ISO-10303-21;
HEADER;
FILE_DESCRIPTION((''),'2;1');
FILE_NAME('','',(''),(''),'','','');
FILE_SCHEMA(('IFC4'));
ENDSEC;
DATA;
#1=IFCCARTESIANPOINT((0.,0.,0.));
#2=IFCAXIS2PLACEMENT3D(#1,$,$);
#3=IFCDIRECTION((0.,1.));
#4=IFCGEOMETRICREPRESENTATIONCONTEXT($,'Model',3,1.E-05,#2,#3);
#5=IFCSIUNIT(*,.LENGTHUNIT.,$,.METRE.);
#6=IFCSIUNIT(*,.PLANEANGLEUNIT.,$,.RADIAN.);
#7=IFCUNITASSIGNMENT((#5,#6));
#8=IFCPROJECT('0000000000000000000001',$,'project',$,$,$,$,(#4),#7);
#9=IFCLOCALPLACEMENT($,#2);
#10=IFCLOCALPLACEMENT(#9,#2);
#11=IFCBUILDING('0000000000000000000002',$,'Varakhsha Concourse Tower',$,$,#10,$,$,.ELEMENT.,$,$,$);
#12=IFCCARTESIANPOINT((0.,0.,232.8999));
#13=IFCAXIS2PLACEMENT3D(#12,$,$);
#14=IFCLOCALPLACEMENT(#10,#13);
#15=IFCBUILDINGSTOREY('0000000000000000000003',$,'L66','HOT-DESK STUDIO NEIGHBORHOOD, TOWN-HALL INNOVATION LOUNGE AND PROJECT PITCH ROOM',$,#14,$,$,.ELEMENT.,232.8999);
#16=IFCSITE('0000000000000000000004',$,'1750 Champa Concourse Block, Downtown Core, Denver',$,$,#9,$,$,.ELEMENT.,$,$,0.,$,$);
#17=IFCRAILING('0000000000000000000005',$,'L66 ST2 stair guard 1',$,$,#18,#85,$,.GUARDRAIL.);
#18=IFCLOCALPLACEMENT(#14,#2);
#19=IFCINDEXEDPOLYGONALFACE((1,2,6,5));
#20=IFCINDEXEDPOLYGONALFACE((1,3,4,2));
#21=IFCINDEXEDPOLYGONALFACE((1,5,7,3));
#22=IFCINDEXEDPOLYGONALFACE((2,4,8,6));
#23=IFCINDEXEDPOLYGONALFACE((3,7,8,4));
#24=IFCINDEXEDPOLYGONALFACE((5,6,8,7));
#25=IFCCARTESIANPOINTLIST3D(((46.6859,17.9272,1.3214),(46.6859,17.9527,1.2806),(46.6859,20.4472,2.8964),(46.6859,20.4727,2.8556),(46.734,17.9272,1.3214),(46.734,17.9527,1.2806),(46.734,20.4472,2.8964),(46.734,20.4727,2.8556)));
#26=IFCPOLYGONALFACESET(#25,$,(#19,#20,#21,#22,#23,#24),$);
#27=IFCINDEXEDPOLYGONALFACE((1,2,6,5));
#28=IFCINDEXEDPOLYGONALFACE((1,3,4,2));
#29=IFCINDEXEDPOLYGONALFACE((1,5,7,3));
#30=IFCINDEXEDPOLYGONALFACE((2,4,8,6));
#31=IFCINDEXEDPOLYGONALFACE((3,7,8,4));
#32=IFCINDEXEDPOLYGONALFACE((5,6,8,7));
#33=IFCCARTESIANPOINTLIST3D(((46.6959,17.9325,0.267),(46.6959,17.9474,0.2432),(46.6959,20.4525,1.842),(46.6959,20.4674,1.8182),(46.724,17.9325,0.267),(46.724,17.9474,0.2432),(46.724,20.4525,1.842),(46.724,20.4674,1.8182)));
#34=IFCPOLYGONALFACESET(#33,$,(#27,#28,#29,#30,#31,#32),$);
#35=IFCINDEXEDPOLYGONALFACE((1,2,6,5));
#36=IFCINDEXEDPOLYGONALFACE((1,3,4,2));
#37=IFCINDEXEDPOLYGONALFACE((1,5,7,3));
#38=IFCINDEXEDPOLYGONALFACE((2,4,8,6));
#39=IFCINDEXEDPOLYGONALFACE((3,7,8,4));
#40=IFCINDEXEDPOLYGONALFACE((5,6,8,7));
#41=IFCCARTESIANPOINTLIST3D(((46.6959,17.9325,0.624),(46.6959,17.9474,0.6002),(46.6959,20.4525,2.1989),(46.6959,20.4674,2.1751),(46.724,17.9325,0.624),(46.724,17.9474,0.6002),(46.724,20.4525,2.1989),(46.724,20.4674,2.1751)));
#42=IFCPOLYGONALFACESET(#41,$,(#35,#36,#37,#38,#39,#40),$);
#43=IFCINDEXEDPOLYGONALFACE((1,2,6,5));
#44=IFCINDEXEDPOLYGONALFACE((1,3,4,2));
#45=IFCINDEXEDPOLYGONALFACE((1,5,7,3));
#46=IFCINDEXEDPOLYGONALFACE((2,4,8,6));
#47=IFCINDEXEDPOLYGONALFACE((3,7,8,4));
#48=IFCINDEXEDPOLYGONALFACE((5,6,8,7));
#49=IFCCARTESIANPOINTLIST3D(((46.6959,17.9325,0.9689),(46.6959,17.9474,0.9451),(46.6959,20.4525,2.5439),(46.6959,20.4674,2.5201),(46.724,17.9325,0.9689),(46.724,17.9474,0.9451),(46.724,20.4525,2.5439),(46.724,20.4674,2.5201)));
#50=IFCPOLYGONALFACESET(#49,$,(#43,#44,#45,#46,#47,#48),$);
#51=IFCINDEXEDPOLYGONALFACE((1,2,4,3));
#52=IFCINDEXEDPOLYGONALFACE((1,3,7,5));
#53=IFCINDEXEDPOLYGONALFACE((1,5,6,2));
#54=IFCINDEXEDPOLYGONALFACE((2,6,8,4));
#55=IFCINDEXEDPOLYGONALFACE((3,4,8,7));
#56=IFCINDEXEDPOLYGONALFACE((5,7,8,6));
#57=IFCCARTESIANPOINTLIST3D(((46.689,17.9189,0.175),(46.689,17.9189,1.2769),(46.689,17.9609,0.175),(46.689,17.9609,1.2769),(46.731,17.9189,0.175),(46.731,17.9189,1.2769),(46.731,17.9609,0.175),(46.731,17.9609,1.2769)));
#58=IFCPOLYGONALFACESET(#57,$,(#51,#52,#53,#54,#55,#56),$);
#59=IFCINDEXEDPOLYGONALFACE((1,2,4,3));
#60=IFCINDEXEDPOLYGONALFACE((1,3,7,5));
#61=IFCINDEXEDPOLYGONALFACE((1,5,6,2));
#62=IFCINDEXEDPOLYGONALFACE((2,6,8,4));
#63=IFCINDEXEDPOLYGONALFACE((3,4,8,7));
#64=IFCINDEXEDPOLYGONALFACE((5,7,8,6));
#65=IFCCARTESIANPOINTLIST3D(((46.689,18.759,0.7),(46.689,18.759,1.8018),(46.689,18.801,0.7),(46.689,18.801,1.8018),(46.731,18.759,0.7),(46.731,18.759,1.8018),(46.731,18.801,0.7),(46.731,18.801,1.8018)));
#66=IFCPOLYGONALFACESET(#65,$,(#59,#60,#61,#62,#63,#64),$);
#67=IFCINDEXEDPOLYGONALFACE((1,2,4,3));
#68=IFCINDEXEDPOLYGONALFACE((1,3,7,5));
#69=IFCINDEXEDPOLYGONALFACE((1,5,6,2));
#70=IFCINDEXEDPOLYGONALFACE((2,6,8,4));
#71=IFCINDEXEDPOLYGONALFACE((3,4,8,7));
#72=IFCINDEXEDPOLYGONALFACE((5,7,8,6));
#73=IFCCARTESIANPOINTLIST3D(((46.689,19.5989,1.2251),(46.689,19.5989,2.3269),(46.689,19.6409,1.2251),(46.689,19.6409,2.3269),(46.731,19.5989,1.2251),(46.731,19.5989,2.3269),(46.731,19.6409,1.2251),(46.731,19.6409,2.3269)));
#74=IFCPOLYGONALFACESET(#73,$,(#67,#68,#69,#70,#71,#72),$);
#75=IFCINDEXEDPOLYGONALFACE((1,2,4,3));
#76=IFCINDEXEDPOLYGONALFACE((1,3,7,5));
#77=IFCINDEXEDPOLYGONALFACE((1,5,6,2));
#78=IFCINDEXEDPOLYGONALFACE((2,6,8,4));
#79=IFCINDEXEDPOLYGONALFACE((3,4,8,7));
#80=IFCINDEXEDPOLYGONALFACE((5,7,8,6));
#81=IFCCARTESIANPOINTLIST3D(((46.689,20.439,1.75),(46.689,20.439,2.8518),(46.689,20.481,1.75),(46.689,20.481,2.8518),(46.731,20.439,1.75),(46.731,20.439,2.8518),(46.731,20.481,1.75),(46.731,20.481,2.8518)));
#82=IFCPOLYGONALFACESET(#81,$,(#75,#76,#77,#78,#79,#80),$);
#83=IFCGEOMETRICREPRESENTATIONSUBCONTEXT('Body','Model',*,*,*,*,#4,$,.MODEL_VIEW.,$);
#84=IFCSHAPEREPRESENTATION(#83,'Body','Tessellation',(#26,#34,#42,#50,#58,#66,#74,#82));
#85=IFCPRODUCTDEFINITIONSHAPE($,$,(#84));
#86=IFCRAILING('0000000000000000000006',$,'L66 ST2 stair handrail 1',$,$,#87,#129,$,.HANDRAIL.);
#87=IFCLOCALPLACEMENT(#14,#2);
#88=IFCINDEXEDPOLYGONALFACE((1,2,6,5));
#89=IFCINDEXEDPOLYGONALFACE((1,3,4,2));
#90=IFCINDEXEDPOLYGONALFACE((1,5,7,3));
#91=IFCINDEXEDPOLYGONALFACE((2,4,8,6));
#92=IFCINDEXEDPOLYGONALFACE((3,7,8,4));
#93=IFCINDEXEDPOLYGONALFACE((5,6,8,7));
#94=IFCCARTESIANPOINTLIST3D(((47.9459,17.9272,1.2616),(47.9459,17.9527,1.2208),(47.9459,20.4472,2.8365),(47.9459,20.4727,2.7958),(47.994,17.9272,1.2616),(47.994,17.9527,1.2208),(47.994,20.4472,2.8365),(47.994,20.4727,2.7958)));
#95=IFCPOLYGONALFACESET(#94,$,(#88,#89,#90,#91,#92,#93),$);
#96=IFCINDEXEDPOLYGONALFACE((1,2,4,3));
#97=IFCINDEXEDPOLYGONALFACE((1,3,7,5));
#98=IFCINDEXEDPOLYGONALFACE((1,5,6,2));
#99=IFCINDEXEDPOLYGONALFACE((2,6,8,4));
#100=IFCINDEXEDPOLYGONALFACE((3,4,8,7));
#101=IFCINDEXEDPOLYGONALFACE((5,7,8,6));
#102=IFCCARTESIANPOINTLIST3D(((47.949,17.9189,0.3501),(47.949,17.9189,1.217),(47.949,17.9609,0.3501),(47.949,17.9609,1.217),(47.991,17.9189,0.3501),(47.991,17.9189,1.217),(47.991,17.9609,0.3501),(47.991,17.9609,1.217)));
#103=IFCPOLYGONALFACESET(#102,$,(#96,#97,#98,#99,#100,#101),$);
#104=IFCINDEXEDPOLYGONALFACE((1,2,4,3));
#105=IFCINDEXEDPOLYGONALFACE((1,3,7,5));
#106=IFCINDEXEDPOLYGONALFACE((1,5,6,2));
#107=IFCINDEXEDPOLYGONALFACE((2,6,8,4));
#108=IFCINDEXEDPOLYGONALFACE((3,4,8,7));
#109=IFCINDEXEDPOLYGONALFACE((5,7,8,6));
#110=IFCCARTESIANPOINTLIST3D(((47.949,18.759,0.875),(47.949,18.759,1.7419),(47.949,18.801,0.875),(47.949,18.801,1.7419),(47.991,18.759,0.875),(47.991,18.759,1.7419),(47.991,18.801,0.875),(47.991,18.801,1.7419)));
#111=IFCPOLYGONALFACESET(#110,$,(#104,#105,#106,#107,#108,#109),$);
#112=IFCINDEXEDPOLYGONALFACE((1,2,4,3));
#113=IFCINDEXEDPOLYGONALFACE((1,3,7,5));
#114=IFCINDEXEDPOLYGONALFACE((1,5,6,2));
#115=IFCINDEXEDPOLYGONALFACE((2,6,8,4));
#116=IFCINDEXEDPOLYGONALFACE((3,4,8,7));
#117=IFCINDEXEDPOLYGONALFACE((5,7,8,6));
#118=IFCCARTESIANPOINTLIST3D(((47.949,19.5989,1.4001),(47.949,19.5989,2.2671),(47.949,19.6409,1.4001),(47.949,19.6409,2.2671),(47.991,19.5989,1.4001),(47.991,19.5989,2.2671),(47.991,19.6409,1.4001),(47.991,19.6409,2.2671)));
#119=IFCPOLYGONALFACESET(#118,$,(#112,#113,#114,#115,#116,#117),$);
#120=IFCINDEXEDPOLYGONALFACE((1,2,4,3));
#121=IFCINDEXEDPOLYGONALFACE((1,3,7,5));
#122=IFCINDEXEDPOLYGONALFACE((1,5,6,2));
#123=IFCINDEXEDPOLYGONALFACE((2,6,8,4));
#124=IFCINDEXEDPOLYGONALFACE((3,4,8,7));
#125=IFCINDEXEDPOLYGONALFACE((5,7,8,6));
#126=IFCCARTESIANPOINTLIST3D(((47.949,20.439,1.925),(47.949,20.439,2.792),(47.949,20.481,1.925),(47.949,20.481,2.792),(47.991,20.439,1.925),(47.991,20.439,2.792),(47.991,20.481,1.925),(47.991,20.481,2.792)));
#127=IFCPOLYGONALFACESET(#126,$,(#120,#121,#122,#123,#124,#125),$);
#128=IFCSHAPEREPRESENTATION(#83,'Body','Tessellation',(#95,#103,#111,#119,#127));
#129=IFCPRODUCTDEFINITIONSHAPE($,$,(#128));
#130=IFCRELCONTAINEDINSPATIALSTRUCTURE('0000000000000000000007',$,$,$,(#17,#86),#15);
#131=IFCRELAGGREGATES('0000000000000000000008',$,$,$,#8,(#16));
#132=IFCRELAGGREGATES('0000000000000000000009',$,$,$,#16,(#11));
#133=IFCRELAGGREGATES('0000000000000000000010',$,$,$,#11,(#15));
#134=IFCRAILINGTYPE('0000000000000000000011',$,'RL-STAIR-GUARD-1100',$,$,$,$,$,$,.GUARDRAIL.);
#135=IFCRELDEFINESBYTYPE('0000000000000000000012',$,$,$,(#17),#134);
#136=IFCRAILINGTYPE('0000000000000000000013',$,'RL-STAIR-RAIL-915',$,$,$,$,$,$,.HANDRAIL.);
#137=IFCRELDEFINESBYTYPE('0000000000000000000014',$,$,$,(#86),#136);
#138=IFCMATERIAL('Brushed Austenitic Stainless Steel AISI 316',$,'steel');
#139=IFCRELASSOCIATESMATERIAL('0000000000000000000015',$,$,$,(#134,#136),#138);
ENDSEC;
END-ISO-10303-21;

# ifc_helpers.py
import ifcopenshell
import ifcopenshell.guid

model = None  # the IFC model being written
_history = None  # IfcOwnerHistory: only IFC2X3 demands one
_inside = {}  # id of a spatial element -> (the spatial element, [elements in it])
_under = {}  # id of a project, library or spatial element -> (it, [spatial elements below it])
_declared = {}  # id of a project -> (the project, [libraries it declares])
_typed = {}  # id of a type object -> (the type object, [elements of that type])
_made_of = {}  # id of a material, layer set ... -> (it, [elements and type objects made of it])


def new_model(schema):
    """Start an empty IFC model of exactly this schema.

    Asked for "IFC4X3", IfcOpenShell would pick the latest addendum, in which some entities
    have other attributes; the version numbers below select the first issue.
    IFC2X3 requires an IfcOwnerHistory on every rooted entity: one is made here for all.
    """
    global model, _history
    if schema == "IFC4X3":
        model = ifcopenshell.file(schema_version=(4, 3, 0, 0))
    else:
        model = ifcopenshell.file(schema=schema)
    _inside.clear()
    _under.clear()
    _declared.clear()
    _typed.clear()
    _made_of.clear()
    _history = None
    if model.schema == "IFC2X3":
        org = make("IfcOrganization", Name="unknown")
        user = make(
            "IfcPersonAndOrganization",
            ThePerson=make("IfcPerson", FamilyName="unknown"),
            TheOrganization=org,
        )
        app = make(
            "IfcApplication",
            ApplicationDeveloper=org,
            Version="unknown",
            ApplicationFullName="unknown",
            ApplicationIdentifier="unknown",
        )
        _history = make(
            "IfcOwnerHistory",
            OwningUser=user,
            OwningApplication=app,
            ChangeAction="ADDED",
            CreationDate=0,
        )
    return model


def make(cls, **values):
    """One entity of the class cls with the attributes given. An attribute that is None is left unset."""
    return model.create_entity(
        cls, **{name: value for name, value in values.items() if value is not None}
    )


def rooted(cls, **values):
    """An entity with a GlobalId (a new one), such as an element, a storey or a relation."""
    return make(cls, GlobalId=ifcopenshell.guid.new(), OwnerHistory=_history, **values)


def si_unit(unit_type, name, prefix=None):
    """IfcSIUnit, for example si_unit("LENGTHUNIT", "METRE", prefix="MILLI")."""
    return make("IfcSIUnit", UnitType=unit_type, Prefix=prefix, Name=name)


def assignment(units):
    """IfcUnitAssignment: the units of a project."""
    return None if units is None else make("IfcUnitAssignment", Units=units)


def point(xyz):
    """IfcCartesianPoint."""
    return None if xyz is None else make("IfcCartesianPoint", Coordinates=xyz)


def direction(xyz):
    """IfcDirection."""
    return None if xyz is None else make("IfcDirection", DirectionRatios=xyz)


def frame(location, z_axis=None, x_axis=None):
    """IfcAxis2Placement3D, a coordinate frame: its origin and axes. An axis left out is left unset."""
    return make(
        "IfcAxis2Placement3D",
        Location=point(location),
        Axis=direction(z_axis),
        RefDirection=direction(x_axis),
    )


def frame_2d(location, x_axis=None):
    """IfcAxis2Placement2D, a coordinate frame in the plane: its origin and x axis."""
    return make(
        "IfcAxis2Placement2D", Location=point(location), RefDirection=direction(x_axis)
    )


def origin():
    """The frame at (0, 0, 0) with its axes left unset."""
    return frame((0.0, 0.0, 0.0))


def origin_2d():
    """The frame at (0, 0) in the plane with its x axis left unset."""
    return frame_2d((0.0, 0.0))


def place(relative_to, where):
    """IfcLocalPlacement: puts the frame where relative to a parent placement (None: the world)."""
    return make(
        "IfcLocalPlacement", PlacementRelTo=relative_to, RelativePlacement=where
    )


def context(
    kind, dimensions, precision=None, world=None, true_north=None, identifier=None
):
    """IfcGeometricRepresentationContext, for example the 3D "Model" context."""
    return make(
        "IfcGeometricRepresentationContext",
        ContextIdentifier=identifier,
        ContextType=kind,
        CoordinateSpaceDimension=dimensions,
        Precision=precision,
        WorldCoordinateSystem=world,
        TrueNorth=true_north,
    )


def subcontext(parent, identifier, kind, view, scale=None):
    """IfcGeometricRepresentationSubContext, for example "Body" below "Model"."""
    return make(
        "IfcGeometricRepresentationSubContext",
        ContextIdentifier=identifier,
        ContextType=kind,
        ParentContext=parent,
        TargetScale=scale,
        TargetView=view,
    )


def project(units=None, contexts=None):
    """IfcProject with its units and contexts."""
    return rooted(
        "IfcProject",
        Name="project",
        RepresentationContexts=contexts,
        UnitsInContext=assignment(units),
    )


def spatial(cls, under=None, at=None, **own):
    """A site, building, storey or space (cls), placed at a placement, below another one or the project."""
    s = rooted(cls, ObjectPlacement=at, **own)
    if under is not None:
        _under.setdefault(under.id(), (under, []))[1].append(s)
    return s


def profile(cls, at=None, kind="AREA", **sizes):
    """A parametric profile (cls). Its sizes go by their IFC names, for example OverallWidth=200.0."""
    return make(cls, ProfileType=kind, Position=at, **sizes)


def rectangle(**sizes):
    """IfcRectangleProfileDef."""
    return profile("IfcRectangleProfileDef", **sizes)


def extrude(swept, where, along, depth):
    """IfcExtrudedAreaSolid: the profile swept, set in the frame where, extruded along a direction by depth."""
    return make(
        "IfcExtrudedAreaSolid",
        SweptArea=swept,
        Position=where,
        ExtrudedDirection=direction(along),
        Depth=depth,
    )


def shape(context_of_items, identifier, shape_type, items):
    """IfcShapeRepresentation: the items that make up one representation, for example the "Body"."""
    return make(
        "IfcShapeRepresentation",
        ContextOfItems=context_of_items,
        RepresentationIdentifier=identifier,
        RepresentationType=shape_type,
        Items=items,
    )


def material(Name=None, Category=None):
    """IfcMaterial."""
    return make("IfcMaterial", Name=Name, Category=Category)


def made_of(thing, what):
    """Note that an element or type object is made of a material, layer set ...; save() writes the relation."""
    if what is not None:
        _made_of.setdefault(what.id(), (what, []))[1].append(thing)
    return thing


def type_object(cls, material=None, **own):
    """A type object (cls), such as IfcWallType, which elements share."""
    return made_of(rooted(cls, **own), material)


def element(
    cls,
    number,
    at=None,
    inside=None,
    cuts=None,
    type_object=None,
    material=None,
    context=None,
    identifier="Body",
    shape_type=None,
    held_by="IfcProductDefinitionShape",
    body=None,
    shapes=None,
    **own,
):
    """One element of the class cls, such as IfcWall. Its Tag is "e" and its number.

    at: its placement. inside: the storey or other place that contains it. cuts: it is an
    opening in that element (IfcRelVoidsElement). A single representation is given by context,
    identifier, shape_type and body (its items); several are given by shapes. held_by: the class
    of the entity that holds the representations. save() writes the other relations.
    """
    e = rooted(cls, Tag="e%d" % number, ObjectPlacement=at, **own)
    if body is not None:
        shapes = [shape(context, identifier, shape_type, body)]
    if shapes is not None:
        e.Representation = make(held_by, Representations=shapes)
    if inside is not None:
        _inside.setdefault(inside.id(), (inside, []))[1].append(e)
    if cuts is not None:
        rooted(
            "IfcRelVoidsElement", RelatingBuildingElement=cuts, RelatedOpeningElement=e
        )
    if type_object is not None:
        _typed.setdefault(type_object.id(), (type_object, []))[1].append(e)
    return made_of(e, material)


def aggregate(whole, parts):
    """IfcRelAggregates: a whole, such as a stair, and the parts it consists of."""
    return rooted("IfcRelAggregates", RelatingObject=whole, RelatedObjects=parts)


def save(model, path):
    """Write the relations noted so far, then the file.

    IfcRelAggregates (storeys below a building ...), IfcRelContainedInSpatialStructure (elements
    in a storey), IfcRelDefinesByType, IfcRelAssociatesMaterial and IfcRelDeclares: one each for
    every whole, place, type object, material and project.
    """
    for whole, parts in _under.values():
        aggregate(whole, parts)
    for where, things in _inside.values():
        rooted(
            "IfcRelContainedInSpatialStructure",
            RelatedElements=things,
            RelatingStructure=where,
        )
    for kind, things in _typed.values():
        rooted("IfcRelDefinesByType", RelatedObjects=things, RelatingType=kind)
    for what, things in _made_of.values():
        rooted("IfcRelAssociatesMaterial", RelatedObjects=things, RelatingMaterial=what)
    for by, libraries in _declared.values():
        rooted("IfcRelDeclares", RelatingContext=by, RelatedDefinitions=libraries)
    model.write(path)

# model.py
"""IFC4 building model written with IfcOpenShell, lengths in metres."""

from ifc_helpers import new_model, si_unit, direction, frame, origin, origin_2d, place, context, subcontext, project, spatial, rectangle, extrude, material, type_object, element, save


model = new_model("IFC4")

# Units and contexts
model_context = context("Model", 3, precision=1e-05, world=origin(), true_north=direction((0.0, 1.0)))
body_context = subcontext(model_context, "Body", "Model", "MODEL_VIEW")
ifc_project = project(units=[si_unit("LENGTHUNIT", "METRE"), si_unit("PLANEANGLEUNIT", "RADIAN")], contexts=[model_context])

# Site, building, storey
site_placement = place(None, origin())
site = spatial("IfcSite", under=ifc_project, at=site_placement, Name="1750 Champa Concourse Block, Downtown Core, Denver", CompositionType="ELEMENT", RefElevation=0.0)
building_placement = place(site_placement, origin())
building = spatial("IfcBuilding", under=site, at=building_placement, Name="Varakhsha Concourse Tower", CompositionType="ELEMENT")
storey_placement = place(building_placement, frame((0.0, 0.0, 232.8999)))
storey = spatial("IfcBuildingStorey", under=building, at=storey_placement, Name="L66", Description="HOT-DESK STUDIO NEIGHBORHOOD, TOWN-HALL INNOVATION LOUNGE AND PROJECT PITCH ROOM", CompositionType="ELEMENT", Elevation=232.8999)

# Railings
ifc_material_1 = material(Name="Brushed Austenitic Stainless Steel AISI 316", Category="steel")
railing_type_1 = type_object("IfcRailingType", Name="RL-STAIR-GUARD-1100", PredefinedType="GUARDRAIL", material=ifc_material_1)
railing_1_placement = place(storey_placement, frame((46.71, 17.9399, 0.175)))
element("IfcRailing", 1, at=railing_1_placement, inside=storey, type_object=railing_type_1, Name="L66 ST2 stair guard 1", PredefinedType="GUARDRAIL", context=body_context, shape_type="SweptSolid", body=[
    extrude(rectangle(XDim=0.0481, YDim=0.0481, at=origin_2d()), frame((0.0, 0.0, 1.126), z_axis=(0.0, 0.848008, 0.529984), x_axis=(-1.0, 0.0, 0.0)), (0.0, 0.0, 1.0), 2.9717),
    extrude(rectangle(XDim=0.0281, YDim=0.0281, at=origin_2d()), frame((0.0, 0.0, 0.0801), z_axis=(0.0, 0.848008, 0.529984), x_axis=(-1.0, 0.0, 0.0)), (0.0, 0.0, 1.0), 2.9717),
    extrude(rectangle(XDim=0.0281, YDim=0.0281, at=origin_2d()), frame((0.0, 0.0, 0.437), z_axis=(0.0, 0.848008, 0.529984), x_axis=(-1.0, 0.0, 0.0)), (0.0, 0.0, 1.0), 2.9717),
    extrude(rectangle(XDim=0.0281, YDim=0.0281, at=origin_2d()), frame((0.0, 0.0, 0.782), z_axis=(0.0, 0.848008, 0.529984), x_axis=(-1.0, 0.0, 0.0)), (0.0, 0.0, 1.0), 2.9717),
    extrude(rectangle(XDim=0.042, YDim=0.042, at=origin_2d()), origin(), (0.0, 0.0, 1.0), 1.1018),
    extrude(rectangle(XDim=0.042, YDim=0.042, at=origin_2d()), frame((0.0, 0.8401, 0.5249)), (0.0, 0.0, 1.0), 1.1018),
    extrude(rectangle(XDim=0.042, YDim=0.042, at=origin_2d()), frame((0.0, 1.6799, 1.05)), (0.0, 0.0, 1.0), 1.1018),
    extrude(rectangle(XDim=0.042, YDim=0.042, at=origin_2d()), frame((0.0, 2.52, 1.575)), (0.0, 0.0, 1.0), 1.1018),
])
railing_type_2 = type_object("IfcRailingType", Name="RL-STAIR-RAIL-915", PredefinedType="HANDRAIL", material=ifc_material_1)
railing_2_placement = place(storey_placement, frame((47.97, 17.9399, 0.3501)))
element("IfcRailing", 2, at=railing_2_placement, inside=storey, type_object=railing_type_2, Name="L66 ST2 stair handrail 1", PredefinedType="HANDRAIL", context=body_context, shape_type="SweptSolid", body=[
    extrude(rectangle(XDim=0.0481, YDim=0.0481, at=origin_2d()), frame((0.0, 0.0, 0.8911), z_axis=(0.0, 0.848008, 0.529984), x_axis=(-1.0, 0.0, 0.0)), (0.0, 0.0, 1.0), 2.9717),
    extrude(rectangle(XDim=0.042, YDim=0.042, at=origin_2d()), origin(), (0.0, 0.0, 1.0), 0.8669),
    extrude(rectangle(XDim=0.042, YDim=0.042, at=origin_2d()), frame((0.0, 0.8401, 0.5249)), (0.0, 0.0, 1.0), 0.8669),
    extrude(rectangle(XDim=0.042, YDim=0.042, at=origin_2d()), frame((0.0, 1.6799, 1.05)), (0.0, 0.0, 1.0), 0.8669),
    extrude(rectangle(XDim=0.042, YDim=0.042, at=origin_2d()), frame((0.0, 2.52, 1.575)), (0.0, 0.0, 1.0), 0.8669),
])

save(model, "model.ifc")
